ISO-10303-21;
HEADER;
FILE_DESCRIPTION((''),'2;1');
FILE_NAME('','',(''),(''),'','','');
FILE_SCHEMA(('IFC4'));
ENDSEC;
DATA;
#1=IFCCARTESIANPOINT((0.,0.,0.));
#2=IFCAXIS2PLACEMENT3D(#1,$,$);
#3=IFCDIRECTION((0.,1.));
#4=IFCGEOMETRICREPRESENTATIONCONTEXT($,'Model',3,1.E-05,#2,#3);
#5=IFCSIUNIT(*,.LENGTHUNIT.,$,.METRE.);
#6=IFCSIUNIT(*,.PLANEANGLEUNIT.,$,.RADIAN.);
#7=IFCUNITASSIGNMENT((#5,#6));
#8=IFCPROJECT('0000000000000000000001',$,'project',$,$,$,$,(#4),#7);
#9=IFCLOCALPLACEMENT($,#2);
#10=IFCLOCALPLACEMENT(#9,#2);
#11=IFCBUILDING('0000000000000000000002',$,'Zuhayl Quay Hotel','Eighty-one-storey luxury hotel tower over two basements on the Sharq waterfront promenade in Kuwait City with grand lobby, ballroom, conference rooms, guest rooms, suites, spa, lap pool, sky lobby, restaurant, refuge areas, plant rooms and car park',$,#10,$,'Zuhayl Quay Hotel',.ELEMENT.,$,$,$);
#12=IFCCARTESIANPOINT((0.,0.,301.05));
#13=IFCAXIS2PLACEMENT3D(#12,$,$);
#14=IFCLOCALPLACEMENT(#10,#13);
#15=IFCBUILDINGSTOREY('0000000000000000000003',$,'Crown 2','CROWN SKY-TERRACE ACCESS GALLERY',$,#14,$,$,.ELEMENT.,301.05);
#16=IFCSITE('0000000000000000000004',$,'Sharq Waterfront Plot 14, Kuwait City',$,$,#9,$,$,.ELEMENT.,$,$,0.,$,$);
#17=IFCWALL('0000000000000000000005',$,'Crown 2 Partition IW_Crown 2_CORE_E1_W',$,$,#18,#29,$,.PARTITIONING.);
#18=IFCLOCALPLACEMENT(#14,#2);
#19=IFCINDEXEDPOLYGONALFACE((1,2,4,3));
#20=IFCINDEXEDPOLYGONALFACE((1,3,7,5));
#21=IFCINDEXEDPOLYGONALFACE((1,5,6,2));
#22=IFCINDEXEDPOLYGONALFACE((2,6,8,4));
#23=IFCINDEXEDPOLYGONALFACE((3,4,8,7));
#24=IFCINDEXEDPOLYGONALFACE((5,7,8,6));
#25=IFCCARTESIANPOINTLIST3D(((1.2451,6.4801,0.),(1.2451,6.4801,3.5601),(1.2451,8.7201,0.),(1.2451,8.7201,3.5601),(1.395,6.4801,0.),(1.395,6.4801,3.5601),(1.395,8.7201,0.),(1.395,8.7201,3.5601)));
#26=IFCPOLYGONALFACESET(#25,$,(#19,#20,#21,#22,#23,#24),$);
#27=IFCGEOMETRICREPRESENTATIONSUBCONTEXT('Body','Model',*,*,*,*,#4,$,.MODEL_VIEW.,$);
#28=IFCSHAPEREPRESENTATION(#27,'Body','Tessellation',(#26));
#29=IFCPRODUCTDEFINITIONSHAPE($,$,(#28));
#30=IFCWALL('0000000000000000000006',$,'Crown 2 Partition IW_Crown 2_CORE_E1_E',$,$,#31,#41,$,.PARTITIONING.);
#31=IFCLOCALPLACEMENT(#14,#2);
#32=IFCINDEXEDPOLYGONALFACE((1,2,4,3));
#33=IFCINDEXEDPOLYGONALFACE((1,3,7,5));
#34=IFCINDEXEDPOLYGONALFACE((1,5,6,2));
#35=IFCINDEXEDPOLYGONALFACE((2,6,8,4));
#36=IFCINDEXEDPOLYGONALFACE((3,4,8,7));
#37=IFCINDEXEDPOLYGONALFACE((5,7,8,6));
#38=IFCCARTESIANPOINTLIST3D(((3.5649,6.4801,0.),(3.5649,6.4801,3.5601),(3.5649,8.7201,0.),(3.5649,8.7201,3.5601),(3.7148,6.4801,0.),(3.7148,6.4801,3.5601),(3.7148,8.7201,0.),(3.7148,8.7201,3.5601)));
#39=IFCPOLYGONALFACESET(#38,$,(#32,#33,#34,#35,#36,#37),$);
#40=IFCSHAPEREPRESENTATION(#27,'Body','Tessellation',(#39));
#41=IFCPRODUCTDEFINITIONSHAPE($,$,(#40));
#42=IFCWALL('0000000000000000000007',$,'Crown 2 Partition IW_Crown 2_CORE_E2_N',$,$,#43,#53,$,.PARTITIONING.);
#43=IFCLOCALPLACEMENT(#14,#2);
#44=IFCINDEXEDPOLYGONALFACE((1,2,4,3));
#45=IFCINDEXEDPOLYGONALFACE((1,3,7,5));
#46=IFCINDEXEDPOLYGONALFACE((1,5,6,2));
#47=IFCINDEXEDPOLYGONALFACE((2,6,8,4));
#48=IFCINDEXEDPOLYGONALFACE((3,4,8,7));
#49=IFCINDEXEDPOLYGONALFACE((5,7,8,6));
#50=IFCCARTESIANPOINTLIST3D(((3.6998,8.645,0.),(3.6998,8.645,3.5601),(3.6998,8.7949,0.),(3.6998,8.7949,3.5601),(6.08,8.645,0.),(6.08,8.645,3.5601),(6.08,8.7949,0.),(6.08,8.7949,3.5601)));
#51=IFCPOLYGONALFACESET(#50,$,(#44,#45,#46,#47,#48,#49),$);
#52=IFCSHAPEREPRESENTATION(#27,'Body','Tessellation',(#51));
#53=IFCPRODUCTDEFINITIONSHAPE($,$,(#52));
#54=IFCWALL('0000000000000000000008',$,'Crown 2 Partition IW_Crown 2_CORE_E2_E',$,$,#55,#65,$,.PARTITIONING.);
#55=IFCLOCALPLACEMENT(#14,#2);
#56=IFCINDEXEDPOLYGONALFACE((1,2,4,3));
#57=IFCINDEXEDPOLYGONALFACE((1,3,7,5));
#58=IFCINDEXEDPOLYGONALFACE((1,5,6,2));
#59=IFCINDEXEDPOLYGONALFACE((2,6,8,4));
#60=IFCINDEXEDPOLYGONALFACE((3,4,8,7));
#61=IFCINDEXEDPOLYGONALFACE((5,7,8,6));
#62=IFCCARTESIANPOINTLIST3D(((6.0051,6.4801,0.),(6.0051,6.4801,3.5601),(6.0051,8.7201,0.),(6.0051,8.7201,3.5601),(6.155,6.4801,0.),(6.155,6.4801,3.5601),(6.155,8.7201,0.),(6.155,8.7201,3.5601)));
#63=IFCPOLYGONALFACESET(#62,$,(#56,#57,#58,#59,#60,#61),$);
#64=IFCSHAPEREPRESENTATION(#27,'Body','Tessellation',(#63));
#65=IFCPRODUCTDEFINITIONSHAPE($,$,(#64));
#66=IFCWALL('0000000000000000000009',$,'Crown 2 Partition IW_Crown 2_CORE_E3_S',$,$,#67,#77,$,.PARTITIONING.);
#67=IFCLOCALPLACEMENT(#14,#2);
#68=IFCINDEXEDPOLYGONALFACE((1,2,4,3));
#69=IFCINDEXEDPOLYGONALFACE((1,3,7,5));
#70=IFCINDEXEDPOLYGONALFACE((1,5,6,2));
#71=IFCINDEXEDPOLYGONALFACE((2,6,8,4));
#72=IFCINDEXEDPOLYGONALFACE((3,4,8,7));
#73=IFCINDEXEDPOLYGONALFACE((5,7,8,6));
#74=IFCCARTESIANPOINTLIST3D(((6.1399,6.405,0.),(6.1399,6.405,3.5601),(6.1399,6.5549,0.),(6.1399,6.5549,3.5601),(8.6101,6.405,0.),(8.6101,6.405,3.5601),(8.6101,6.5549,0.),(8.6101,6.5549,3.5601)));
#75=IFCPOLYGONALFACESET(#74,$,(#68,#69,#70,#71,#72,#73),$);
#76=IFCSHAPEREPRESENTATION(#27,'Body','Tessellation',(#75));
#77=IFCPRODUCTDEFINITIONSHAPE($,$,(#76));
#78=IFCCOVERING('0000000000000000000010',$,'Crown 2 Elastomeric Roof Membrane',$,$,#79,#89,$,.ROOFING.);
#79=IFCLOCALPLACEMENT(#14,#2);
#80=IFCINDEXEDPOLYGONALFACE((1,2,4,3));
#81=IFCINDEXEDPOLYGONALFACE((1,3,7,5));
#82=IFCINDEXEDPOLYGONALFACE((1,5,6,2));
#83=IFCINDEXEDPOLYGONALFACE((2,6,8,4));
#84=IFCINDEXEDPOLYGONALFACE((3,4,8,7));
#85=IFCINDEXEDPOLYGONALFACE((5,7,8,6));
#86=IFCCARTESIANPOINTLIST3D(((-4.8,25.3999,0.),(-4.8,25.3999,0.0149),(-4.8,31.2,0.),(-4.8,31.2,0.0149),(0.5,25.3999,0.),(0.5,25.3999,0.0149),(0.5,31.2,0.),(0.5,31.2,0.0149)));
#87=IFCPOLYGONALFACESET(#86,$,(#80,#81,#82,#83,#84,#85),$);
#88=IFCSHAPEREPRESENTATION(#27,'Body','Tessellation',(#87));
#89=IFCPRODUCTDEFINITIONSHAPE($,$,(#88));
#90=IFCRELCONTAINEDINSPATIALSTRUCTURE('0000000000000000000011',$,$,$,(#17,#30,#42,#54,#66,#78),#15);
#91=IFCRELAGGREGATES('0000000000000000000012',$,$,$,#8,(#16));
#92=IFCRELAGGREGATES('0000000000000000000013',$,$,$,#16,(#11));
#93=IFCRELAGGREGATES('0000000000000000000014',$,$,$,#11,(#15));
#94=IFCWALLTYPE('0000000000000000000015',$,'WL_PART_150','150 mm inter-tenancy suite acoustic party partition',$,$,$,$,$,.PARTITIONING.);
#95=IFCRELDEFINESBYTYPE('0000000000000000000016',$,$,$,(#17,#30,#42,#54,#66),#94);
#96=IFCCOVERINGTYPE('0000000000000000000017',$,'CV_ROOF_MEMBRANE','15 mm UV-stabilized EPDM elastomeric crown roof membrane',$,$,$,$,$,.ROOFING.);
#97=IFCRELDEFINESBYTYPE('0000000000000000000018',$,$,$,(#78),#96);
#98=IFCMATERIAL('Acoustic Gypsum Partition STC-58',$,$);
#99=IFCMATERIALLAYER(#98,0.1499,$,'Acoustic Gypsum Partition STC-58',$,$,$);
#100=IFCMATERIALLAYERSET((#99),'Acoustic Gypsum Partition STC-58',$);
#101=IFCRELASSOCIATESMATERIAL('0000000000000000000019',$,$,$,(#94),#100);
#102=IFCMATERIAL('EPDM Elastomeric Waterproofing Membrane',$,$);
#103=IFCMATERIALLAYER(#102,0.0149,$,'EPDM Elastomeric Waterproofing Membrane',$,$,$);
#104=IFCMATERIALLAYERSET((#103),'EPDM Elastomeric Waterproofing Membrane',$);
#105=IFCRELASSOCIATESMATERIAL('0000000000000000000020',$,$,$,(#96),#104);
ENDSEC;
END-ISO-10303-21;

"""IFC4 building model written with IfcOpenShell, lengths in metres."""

from ifc_helpers import new_model, si_unit, direction, frame, frame_2d, origin, place, context, subcontext, project, spatial, polyline, rectangle, outline, extrude, material, layer, layer_set, type_object, element, save


model = new_model("IFC4")

# Units and contexts
model_context = context("Model", 3, precision=1e-05, world=origin(), true_north=direction((0.0, 1.0)))
body_context = subcontext(model_context, "Body", "Model", "MODEL_VIEW")
ifc_project = project(units=[si_unit("LENGTHUNIT", "METRE"), si_unit("PLANEANGLEUNIT", "RADIAN")], contexts=[model_context])

# Site, building, storey
site_placement = place(None, origin())
site = spatial("IfcSite", under=ifc_project, at=site_placement, Name="Sharq Waterfront Plot 14, Kuwait City", CompositionType="ELEMENT", RefElevation=0.0)
building_placement = place(site_placement, origin())
building = spatial("IfcBuilding", under=site, at=building_placement, Name="Zuhayl Quay Hotel", Description="Eighty-one-storey luxury hotel tower over two basements on the Sharq waterfront promenade in Kuwait City with grand lobby, ballroom, conference rooms, guest rooms, suites, spa, lap pool, sky lobby, restaurant, refuge areas, plant rooms and car park", LongName="Zuhayl Quay Hotel", CompositionType="ELEMENT")
storey_placement = place(building_placement, frame((0.0, 0.0, 301.05)))
storey = spatial("IfcBuildingStorey", under=building, at=storey_placement, Name="Crown 2", Description="CROWN SKY-TERRACE ACCESS GALLERY", CompositionType="ELEMENT", Elevation=301.05)

# Shared definitions
ifc_material_1 = material(Name="Acoustic Gypsum Partition STC-58")
ifc_layer_1 = layer(ifc_material_1, 0.1499, Name="Acoustic Gypsum Partition STC-58")
ifc_layer_set_1 = layer_set([ifc_layer_1], Name="Acoustic Gypsum Partition STC-58")
wall_type_1 = type_object("IfcWallType", Name="WL_PART_150", Description="150 mm inter-tenancy suite acoustic party partition", PredefinedType="PARTITIONING", material=ifc_layer_set_1)

# Walls
for number, where, z_axis, x_axis, name in (
    (1, (1.3201, 6.48, 0.0), (0.0, 0.0, 1.0), (0.0, 1.0, 0.0), "Crown 2 Partition IW_Crown 2_CORE_E1_W"),
    (2, (3.6399, 6.48, 0.0), (0.0, 0.0, 1.0), (0.0, 1.0, 0.0), "Crown 2 Partition IW_Crown 2_CORE_E1_E"),
):
    element("IfcWall", number, at=place(storey_placement, frame(where, z_axis=z_axis, x_axis=x_axis)), inside=storey, type_object=wall_type_1, Name=name, PredefinedType="PARTITIONING", context=body_context, shape_type="SweptSolid", body=[
        extrude(rectangle(XDim=2.24, YDim=0.1499, at=frame_2d((1.1201, 0.0))), origin(), (0.0, 0.0, 1.0), 3.5601),
    ])
wall_1_placement = place(storey_placement, frame((3.7, 8.72, 0.0), z_axis=(0.0, 0.0, 1.0), x_axis=(1.0, 0.0, 0.0)))
element("IfcWall", 3, at=wall_1_placement, inside=storey, type_object=wall_type_1, Name="Crown 2 Partition IW_Crown 2_CORE_E2_N", PredefinedType="PARTITIONING", context=body_context, shape_type="SweptSolid", body=[
    extrude(rectangle(XDim=2.3801, YDim=0.1499, at=frame_2d((1.1899, 0.0))), origin(), (0.0, 0.0, 1.0), 3.5601),
])
wall_2_placement = place(storey_placement, frame((6.0801, 6.48, 0.0), z_axis=(0.0, 0.0, 1.0), x_axis=(0.0, 1.0, 0.0)))
element("IfcWall", 4, at=wall_2_placement, inside=storey, type_object=wall_type_1, Name="Crown 2 Partition IW_Crown 2_CORE_E2_E", PredefinedType="PARTITIONING", context=body_context, shape_type="SweptSolid", body=[
    extrude(rectangle(XDim=2.24, YDim=0.1499, at=frame_2d((1.1201, 0.0))), origin(), (0.0, 0.0, 1.0), 3.5601),
])
wall_3_placement = place(storey_placement, frame((6.1399, 6.48, 0.0), z_axis=(0.0, 0.0, 1.0), x_axis=(1.0, 0.0, 0.0)))
element("IfcWall", 5, at=wall_3_placement, inside=storey, type_object=wall_type_1, Name="Crown 2 Partition IW_Crown 2_CORE_E3_S", PredefinedType="PARTITIONING", context=body_context, shape_type="SweptSolid", body=[
    extrude(rectangle(XDim=2.4702, YDim=0.1499, at=frame_2d((1.2351, 0.0))), origin(), (0.0, 0.0, 1.0), 3.5601),
])

# Covering
ifc_material_2 = material(Name="EPDM Elastomeric Waterproofing Membrane")
ifc_layer_2 = layer(ifc_material_2, 0.0149, Name="EPDM Elastomeric Waterproofing Membrane")
ifc_layer_set_2 = layer_set([ifc_layer_2], Name="EPDM Elastomeric Waterproofing Membrane")
covering_type = type_object("IfcCoveringType", Name="CV_ROOF_MEMBRANE", Description="15 mm UV-stabilized EPDM elastomeric crown roof membrane", PredefinedType="ROOFING", material=ifc_layer_set_2)
covering_placement = place(storey_placement, origin())
element("IfcCovering", 6, at=covering_placement, inside=storey, type_object=covering_type, Name="Crown 2 Elastomeric Roof Membrane", PredefinedType="ROOFING", context=body_context, shape_type="SweptSolid", body=[
    extrude(outline(polyline([(-4.8, 25.3999), (0.5, 25.3999), (0.5, 31.2), (-4.8, 31.2), (-4.8, 25.3999)])), origin(), (0.0, 0.0, 1.0), 0.0149),
])

save(model, "model.ifc")
